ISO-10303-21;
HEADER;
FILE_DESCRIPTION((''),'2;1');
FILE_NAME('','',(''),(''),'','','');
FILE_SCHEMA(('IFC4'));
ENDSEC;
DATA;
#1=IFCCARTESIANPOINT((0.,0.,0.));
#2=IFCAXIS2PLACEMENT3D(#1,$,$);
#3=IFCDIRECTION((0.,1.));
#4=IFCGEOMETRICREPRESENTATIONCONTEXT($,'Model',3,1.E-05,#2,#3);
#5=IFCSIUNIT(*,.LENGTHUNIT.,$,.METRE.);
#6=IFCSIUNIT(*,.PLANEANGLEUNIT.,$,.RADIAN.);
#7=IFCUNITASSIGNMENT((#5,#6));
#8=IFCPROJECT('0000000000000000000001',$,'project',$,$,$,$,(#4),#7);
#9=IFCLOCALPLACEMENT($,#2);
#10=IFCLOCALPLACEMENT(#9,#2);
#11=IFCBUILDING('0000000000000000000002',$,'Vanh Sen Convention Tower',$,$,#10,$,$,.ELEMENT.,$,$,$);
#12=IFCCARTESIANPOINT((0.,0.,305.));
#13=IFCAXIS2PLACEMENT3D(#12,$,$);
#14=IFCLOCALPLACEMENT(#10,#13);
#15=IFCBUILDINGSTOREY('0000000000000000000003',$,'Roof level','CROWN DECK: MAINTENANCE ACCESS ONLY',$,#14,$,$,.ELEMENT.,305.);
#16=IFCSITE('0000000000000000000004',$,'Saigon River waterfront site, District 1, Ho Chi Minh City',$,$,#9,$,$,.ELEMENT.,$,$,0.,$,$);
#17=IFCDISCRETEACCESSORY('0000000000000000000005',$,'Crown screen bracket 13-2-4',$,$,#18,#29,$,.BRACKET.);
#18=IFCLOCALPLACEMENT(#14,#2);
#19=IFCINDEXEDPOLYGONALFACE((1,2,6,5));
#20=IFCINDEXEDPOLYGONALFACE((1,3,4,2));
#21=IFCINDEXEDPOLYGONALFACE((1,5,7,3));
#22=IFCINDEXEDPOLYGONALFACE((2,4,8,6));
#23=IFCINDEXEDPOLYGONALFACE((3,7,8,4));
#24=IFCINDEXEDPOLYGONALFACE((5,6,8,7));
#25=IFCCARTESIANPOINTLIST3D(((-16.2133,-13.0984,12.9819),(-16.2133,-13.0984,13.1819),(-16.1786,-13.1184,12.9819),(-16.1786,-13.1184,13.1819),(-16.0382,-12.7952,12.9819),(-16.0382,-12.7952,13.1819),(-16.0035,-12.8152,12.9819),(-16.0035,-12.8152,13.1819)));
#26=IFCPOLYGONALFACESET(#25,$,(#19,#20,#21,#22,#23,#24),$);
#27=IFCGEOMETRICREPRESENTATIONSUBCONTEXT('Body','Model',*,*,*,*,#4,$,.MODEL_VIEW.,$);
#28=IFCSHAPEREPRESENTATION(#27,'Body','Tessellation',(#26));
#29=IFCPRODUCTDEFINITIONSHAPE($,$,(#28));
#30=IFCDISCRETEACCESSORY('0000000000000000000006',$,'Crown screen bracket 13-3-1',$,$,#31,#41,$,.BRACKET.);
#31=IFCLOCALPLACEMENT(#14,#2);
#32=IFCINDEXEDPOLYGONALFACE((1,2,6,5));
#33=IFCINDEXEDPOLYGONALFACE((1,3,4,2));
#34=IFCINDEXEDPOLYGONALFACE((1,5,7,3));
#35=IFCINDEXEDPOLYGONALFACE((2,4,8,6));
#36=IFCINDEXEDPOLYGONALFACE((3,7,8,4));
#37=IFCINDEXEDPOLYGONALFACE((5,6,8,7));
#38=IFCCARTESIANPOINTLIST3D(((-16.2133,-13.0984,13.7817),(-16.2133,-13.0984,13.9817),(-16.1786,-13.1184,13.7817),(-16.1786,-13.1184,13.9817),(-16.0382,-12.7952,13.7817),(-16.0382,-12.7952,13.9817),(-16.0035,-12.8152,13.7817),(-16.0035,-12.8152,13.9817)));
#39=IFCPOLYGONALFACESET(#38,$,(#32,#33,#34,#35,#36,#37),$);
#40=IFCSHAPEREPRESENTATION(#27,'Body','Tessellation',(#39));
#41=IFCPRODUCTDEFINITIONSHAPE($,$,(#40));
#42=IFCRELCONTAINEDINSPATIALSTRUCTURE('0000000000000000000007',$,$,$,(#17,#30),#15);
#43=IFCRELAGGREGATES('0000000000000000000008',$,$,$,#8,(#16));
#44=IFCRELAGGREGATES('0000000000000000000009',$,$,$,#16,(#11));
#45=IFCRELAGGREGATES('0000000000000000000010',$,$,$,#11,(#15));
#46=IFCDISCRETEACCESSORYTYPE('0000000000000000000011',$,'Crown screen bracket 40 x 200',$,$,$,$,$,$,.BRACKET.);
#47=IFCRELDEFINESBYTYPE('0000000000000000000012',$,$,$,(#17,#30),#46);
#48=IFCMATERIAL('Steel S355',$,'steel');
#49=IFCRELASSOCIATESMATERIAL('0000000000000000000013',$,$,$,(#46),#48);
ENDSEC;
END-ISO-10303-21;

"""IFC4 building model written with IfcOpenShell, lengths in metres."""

from ifc_helpers import new_model, si_unit, direction, frame, origin, origin_2d, place, context, subcontext, project, spatial, rectangle, extrude, material, type_object, element, save


model = new_model("IFC4")

# Units and contexts
model_context = context("Model", 3, precision=1e-05, world=origin(), true_north=direction((0.0, 1.0)))
body_context = subcontext(model_context, "Body", "Model", "MODEL_VIEW")
ifc_project = project(units=[si_unit("LENGTHUNIT", "METRE"), si_unit("PLANEANGLEUNIT", "RADIAN")], contexts=[model_context])

# Site, building, storey
site_placement = place(None, origin())
site = spatial("IfcSite", under=ifc_project, at=site_placement, Name="Saigon River waterfront site, District 1, Ho Chi Minh City", CompositionType="ELEMENT", RefElevation=0.0)
building_placement = place(site_placement, origin())
building = spatial("IfcBuilding", under=site, at=building_placement, Name="Vanh Sen Convention Tower", CompositionType="ELEMENT")
storey_placement = place(building_placement, frame((0.0, 0.0, 305.0)))
storey = spatial("IfcBuildingStorey", under=building, at=storey_placement, Name="Roof level", Description="CROWN DECK: MAINTENANCE ACCESS ONLY", CompositionType="ELEMENT", Elevation=305.0)

# Discrete accessories
ifc_material_1 = material(Name="Steel S355", Category="steel")
discrete_accessory_type_1 = type_object("IfcDiscreteAccessoryType", Name="Crown screen bracket 40 x 200", PredefinedType="BRACKET", material=ifc_material_1)
for number, where, z_axis, x_axis, name in (
    (1, (-16.1084, -12.9568, 12.9819), (0.0, 0.0, 1.0), (-0.500005, -0.866023, 0.0), "Crown screen bracket 13-2-4"),
    (2, (-16.1084, -12.9568, 13.7817), (0.0, 0.0, 1.0), (-0.500005, -0.866023, 0.0), "Crown screen bracket 13-3-1"),
):
    element("IfcDiscreteAccessory", number, at=place(storey_placement, frame(where, z_axis=z_axis, x_axis=x_axis)), inside=storey, type_object=discrete_accessory_type_1, Name=name, PredefinedType="BRACKET", context=body_context, shape_type="SweptSolid", body=[
        extrude(rectangle(XDim=0.3501, YDim=0.04, at=origin_2d()), origin(), (0.0, 0.0, 1.0), 0.2),
    ])

save(model, "model.ifc")
